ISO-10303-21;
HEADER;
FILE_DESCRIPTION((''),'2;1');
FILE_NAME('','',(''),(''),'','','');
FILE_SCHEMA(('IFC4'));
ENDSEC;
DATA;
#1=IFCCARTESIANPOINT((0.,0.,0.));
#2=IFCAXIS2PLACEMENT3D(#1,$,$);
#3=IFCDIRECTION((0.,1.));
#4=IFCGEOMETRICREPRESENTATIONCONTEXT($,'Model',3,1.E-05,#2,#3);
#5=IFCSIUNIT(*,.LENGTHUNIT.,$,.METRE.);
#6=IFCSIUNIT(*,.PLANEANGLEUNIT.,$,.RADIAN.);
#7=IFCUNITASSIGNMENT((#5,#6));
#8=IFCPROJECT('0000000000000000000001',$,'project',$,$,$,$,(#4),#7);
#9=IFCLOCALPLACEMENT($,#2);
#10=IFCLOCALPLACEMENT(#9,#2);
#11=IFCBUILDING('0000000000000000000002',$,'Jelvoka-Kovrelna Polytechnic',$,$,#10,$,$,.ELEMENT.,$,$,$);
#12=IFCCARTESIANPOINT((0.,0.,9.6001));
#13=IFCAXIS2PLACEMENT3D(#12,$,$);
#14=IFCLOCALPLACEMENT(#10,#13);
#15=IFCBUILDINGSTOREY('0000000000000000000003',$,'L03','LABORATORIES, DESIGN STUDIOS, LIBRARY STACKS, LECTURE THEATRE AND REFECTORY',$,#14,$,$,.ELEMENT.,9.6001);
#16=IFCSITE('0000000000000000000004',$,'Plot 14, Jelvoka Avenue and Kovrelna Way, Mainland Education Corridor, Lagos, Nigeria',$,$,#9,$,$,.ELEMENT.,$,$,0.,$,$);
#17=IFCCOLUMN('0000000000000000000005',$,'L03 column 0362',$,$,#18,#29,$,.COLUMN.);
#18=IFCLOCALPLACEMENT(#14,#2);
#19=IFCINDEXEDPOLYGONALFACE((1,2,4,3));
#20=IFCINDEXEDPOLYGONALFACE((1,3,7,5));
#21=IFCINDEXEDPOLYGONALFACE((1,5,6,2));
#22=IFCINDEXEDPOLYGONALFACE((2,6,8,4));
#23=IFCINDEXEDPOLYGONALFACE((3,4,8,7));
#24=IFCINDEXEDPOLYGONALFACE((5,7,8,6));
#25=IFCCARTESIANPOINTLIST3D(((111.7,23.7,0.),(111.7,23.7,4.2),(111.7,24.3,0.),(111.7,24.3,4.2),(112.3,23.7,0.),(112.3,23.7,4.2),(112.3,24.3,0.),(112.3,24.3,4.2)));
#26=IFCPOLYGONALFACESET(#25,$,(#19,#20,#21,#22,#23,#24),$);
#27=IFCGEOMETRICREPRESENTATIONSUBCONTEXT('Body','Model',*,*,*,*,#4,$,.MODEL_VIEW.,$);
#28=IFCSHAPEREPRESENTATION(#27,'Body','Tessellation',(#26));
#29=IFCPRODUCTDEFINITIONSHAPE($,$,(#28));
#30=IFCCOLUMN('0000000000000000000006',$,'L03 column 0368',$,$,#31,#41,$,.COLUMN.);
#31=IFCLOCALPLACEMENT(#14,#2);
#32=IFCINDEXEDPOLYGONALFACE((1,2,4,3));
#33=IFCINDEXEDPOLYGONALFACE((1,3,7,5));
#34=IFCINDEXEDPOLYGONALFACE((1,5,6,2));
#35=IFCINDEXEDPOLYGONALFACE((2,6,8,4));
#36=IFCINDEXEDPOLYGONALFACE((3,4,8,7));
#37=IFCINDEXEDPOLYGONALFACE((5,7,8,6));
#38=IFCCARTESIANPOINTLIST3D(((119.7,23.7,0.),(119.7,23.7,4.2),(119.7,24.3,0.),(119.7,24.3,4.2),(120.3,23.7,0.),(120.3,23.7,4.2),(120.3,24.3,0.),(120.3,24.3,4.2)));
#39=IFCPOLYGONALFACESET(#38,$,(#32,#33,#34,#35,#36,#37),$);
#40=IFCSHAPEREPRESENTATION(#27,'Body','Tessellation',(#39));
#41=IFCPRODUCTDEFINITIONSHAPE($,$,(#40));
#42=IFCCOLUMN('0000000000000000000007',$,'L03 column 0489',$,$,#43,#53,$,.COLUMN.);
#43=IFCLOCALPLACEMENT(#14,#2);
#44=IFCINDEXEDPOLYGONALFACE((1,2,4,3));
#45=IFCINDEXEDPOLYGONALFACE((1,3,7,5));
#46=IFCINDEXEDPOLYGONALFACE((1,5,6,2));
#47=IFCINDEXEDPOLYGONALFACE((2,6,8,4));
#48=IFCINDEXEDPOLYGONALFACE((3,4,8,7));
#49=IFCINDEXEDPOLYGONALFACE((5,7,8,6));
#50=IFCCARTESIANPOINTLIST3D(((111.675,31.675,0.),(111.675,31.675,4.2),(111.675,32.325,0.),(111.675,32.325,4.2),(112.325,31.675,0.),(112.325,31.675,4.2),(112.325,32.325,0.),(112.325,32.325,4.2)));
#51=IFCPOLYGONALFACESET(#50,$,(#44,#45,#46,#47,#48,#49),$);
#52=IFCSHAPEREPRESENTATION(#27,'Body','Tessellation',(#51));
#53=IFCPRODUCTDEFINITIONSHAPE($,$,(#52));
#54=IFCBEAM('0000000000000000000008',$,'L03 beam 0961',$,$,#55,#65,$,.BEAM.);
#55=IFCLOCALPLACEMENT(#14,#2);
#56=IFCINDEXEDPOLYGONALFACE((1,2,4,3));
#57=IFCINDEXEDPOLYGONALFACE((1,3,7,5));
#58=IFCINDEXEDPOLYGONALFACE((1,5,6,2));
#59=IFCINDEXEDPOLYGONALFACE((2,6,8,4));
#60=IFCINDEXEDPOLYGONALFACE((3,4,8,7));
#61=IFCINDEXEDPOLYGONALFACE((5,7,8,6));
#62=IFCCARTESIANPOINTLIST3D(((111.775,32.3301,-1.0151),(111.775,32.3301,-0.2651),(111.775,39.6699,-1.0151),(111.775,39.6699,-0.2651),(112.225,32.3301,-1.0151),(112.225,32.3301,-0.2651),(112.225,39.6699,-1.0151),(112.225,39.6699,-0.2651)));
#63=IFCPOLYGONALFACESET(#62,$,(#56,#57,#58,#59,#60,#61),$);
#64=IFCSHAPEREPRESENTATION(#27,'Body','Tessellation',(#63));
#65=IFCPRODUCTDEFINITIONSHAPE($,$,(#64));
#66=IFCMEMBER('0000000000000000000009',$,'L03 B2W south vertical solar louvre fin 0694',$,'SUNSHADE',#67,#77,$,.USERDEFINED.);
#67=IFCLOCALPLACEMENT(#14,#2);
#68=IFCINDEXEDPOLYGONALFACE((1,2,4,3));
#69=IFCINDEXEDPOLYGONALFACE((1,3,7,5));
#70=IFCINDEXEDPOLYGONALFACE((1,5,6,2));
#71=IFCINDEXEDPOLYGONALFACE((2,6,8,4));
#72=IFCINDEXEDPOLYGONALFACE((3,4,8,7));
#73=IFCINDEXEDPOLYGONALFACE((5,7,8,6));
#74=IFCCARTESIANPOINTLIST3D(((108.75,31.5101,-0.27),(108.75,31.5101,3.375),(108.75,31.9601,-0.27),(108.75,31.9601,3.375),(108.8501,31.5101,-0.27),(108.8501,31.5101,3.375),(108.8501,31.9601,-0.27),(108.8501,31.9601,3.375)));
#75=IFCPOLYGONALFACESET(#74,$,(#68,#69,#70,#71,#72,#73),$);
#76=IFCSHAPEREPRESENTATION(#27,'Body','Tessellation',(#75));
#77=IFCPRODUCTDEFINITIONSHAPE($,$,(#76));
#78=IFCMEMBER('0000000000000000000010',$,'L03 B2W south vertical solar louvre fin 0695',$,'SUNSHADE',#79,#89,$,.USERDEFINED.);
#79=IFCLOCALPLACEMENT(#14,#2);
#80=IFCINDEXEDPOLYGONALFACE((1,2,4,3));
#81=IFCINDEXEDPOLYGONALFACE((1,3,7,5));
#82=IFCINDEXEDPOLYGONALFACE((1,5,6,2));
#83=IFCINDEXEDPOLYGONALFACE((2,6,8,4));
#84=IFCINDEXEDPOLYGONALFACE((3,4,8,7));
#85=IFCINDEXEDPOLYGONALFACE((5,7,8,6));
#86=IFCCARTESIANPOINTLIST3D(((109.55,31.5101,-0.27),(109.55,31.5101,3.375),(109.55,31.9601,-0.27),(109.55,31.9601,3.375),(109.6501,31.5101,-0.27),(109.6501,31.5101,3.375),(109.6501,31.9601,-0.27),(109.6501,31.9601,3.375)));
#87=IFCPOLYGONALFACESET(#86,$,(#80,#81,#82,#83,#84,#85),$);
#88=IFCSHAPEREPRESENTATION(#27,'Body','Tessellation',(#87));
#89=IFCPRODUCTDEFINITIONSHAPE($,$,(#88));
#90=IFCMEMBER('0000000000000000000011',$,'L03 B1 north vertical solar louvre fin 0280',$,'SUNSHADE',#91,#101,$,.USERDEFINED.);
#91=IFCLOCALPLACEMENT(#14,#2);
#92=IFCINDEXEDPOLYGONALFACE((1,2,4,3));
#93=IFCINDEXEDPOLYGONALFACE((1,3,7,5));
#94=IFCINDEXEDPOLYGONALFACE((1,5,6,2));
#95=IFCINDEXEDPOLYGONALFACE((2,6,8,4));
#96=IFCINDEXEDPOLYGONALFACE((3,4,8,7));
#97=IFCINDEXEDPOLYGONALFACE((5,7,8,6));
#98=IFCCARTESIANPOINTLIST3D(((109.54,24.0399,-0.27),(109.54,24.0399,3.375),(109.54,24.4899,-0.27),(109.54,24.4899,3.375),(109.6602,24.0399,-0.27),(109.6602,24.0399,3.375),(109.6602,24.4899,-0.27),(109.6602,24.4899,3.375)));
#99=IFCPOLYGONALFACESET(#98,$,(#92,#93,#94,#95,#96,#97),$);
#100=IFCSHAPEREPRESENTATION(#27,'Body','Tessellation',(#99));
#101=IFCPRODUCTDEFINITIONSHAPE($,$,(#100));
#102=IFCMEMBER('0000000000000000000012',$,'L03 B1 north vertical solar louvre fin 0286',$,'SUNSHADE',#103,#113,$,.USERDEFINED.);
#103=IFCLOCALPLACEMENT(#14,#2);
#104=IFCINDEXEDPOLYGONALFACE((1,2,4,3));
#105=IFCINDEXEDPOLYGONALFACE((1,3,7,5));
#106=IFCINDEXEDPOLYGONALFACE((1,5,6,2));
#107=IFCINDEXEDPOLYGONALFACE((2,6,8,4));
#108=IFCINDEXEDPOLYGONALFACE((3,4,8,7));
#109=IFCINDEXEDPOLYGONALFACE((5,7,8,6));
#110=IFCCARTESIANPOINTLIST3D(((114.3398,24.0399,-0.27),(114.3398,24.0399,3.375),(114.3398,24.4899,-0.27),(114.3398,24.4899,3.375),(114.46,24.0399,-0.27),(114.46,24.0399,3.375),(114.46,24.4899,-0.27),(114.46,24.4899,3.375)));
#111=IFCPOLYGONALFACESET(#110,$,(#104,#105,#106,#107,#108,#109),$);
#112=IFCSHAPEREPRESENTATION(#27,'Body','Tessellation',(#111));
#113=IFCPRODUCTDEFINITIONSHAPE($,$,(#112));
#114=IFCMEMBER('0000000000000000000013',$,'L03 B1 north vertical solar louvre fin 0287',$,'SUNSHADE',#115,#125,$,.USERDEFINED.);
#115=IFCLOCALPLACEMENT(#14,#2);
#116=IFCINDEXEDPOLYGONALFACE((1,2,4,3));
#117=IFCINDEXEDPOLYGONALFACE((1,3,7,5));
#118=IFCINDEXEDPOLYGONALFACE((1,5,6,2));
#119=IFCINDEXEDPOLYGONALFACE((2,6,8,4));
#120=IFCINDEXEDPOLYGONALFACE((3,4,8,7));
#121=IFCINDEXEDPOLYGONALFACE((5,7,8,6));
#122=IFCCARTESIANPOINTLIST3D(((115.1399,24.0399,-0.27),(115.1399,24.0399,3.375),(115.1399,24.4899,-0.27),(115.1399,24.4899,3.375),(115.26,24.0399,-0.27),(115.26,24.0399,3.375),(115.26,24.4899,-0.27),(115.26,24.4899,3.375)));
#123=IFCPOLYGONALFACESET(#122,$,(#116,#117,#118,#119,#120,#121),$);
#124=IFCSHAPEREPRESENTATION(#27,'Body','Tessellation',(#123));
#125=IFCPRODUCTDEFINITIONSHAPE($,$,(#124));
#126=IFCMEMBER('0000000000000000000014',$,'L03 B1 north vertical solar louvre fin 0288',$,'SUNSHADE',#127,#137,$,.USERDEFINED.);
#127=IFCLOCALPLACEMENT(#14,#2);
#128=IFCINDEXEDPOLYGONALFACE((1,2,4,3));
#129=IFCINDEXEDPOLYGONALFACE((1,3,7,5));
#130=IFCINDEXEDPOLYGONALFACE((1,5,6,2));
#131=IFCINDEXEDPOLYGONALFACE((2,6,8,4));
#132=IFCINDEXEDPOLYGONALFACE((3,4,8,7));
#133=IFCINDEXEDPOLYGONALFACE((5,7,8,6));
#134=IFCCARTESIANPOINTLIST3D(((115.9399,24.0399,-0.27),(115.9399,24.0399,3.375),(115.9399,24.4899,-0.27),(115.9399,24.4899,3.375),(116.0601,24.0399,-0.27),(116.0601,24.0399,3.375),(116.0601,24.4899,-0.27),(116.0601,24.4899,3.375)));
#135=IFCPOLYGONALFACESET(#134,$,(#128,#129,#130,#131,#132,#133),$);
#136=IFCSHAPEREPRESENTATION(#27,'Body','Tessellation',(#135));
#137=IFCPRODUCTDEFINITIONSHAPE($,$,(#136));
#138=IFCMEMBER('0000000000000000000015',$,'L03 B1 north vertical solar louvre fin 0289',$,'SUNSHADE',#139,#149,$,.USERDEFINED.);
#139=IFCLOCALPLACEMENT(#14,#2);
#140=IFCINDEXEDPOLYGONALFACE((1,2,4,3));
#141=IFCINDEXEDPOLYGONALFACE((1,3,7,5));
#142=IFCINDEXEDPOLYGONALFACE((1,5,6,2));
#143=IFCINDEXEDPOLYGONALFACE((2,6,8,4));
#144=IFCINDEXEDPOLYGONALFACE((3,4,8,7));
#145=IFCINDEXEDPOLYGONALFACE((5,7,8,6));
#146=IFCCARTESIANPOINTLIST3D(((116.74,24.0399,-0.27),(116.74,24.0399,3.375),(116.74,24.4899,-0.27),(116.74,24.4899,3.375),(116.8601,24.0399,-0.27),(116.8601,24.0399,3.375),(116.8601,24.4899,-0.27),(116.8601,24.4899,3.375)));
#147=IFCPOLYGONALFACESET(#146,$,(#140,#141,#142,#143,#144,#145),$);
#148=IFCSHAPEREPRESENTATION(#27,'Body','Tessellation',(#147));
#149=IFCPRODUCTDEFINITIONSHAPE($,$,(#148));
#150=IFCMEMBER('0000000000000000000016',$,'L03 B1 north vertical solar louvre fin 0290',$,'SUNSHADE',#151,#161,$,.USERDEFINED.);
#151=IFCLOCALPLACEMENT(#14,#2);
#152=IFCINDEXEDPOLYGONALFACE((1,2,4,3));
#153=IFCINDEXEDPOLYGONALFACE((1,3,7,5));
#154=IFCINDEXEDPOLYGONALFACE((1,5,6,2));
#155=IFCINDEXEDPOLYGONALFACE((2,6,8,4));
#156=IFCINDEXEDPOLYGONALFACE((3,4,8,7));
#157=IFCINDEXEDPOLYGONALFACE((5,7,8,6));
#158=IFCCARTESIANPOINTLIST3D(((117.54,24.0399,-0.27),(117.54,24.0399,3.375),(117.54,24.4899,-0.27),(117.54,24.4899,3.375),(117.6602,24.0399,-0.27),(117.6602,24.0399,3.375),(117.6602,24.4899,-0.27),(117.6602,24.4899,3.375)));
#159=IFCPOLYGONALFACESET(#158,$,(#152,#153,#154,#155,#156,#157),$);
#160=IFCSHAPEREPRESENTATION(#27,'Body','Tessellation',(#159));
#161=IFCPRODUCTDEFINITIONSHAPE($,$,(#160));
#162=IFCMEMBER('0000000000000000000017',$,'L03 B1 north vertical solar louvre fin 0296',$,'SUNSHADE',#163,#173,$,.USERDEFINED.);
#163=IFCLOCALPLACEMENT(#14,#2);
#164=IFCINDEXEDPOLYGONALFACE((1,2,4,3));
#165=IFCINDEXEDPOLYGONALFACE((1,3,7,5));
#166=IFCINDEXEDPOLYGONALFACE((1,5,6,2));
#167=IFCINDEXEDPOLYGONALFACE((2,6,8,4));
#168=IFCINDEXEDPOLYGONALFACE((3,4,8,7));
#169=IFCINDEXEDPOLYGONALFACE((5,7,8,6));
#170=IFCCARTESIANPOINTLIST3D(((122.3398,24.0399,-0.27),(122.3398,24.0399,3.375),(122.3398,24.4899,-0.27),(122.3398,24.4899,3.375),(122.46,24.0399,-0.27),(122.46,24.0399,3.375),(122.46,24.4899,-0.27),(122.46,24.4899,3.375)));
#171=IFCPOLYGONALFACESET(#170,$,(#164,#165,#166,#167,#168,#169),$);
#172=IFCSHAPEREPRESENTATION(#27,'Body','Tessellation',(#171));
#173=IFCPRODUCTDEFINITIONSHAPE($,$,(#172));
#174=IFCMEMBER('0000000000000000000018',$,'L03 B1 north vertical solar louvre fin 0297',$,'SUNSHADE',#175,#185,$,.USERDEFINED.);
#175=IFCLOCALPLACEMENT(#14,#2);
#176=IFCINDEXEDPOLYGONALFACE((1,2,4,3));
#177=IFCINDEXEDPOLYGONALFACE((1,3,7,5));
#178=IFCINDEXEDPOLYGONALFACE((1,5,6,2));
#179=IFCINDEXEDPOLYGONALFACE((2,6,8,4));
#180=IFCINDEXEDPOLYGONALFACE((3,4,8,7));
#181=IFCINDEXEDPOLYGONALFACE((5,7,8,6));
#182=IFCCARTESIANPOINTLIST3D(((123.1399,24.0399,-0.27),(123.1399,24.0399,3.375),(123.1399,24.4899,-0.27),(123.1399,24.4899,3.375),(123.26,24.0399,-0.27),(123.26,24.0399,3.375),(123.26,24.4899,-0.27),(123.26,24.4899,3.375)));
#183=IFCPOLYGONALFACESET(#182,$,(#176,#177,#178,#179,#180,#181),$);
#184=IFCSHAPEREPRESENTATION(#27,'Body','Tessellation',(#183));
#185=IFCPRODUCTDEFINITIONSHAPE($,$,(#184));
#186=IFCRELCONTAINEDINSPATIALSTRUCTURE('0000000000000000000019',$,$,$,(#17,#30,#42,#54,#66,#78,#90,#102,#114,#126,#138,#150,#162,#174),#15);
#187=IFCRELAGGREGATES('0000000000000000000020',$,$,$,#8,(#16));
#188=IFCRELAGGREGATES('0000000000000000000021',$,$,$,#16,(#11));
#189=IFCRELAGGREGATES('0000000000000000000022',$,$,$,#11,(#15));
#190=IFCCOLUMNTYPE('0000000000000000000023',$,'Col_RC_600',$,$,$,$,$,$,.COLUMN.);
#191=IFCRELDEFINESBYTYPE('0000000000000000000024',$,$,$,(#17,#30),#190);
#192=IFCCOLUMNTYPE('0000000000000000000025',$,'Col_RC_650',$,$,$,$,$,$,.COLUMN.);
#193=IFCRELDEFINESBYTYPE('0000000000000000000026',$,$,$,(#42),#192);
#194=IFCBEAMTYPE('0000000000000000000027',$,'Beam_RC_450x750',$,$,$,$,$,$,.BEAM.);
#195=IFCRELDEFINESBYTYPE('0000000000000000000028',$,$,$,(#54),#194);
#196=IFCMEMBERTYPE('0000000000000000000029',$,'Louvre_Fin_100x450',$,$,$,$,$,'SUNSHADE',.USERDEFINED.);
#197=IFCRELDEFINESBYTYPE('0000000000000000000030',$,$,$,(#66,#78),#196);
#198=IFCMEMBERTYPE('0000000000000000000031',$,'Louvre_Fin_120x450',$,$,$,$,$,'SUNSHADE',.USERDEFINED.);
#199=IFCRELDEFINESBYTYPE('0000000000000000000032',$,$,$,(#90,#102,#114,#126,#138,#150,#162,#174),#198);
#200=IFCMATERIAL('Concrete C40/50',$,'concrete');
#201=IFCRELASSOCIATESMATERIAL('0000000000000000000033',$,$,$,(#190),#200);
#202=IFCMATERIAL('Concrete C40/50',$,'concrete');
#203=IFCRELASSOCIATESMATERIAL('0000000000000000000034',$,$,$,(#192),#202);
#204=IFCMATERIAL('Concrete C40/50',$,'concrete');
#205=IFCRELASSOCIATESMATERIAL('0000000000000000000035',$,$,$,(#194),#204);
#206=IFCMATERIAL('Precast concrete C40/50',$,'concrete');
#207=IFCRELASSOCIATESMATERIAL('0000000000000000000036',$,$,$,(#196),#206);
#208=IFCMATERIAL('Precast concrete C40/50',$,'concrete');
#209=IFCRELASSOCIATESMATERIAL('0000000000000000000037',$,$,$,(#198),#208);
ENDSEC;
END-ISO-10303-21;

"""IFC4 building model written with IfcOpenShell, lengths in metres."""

from ifc_helpers import new_model, si_unit, direction, frame, origin, origin_2d, place, context, subcontext, project, spatial, rectangle, extrude, material, material_profile, profile_set, type_object, element, save


model = new_model("IFC4")

# Units and contexts
model_context = context("Model", 3, precision=1e-05, world=origin(), true_north=direction((0.0, 1.0)))
body_context = subcontext(model_context, "Body", "Model", "MODEL_VIEW")
ifc_project = project(units=[si_unit("LENGTHUNIT", "METRE"), si_unit("PLANEANGLEUNIT", "RADIAN")], contexts=[model_context])

# Site, building, storey
site_placement = place(None, origin())
site = spatial("IfcSite", under=ifc_project, at=site_placement, Name="Plot 14, Jelvoka Avenue and Kovrelna Way, Mainland Education Corridor, Lagos, Nigeria", CompositionType="ELEMENT", RefElevation=0.0)
building_placement = place(site_placement, origin())
building = spatial("IfcBuilding", under=site, at=building_placement, Name="Jelvoka-Kovrelna Polytechnic", CompositionType="ELEMENT")
storey_placement = place(building_placement, frame((0.0, 0.0, 9.6001)))
storey = spatial("IfcBuildingStorey", under=building, at=storey_placement, Name="L03", Description="LABORATORIES, DESIGN STUDIOS, LIBRARY STACKS, LECTURE THEATRE AND REFECTORY", CompositionType="ELEMENT", Elevation=9.6001)

# Columns
ifc_material_1 = material(Name="Concrete C40/50", Category="concrete")
ifc_material_profile_1 = material_profile(ifc_material_1, rectangle(XDim=0.6001, YDim=0.6001, at=origin_2d()), Name="RC 600x600")
ifc_profile_set_1 = profile_set([ifc_material_profile_1], Name="Concrete C40/50")
column_type_1 = type_object("IfcColumnType", Name="Col_RC_600", PredefinedType="COLUMN", material=ifc_profile_set_1)
for number, where, z_axis, x_axis, name in (
    (1, (112.0, 24.0, 0.0), (0.0, 0.0, 1.0), (1.0, 0.0, 0.0), "L03 column 0362"),
    (2, (120.0, 24.0, 0.0), (0.0, 0.0, 1.0), (1.0, 0.0, 0.0), "L03 column 0368"),
):
    element("IfcColumn", number, at=place(storey_placement, frame(where, z_axis=z_axis, x_axis=x_axis)), inside=storey, type_object=column_type_1, Name=name, PredefinedType="COLUMN", context=body_context, shape_type="SweptSolid", body=[
        extrude(rectangle(XDim=0.6001, YDim=0.6001, at=origin_2d()), origin(), (0.0, 0.0, 1.0), 4.2),
    ])
ifc_material_2 = material(Name="Concrete C40/50", Category="concrete")
ifc_material_profile_2 = material_profile(ifc_material_2, rectangle(XDim=0.6499, YDim=0.6499, at=origin_2d()), Name="RC 650x650")
ifc_profile_set_2 = profile_set([ifc_material_profile_2], Name="Concrete C40/50")
column_type_2 = type_object("IfcColumnType", Name="Col_RC_650", PredefinedType="COLUMN", material=ifc_profile_set_2)
column_placement = place(storey_placement, frame((112.0, 32.0, 0.0), z_axis=(0.0, 0.0, 1.0), x_axis=(1.0, 0.0, 0.0)))
element("IfcColumn", 3, at=column_placement, inside=storey, type_object=column_type_2, Name="L03 column 0489", PredefinedType="COLUMN", context=body_context, shape_type="SweptSolid", body=[
    extrude(rectangle(XDim=0.6499, YDim=0.6499, at=origin_2d()), origin(), (0.0, 0.0, 1.0), 4.2),
])

# Beam
ifc_material_3 = material(Name="Concrete C40/50", Category="concrete")
ifc_material_profile_3 = material_profile(ifc_material_3, rectangle(XDim=0.45, YDim=0.75, at=origin_2d()), Name="RC 450x750")
ifc_profile_set_3 = profile_set([ifc_material_profile_3], Name="Concrete C40/50")
beam_type_1 = type_object("IfcBeamType", Name="Beam_RC_450x750", PredefinedType="BEAM", material=ifc_profile_set_3)
beam_placement = place(storey_placement, frame((112.0, 32.3301, -0.6401), z_axis=(0.0, 1.0, 0.0), x_axis=(-1.0, 0.0, 0.0)))
element("IfcBeam", 4, at=beam_placement, inside=storey, type_object=beam_type_1, Name="L03 beam 0961", PredefinedType="BEAM", context=body_context, shape_type="SweptSolid", body=[
    extrude(rectangle(XDim=0.45, YDim=0.75, at=origin_2d()), origin(), (0.0, 0.0, 1.0), 7.3398),
])

# Members
ifc_material_4 = material(Name="Precast concrete C40/50", Category="concrete")
ifc_material_profile_4 = material_profile(ifc_material_4, rectangle(XDim=0.1001, YDim=0.45, at=origin_2d()), Name="PC 100x450")
ifc_profile_set_4 = profile_set([ifc_material_profile_4], Name="Precast concrete C40/50")
member_type_1 = type_object("IfcMemberType", Name="Louvre_Fin_100x450", ElementType="SUNSHADE", PredefinedType="USERDEFINED", material=ifc_profile_set_4)
for number, where, z_axis, x_axis, name in (
    (5, (108.8, 31.7351, -0.27), (0.0, 0.0, 1.0), (1.0, 0.0, 0.0), "L03 B2W south vertical solar louvre fin 0694"),
    (6, (109.6001, 31.7351, -0.27), (0.0, 0.0, 1.0), (1.0, 0.0, 0.0), "L03 B2W south vertical solar louvre fin 0695"),
):
    element("IfcMember", number, at=place(storey_placement, frame(where, z_axis=z_axis, x_axis=x_axis)), inside=storey, type_object=member_type_1, Name=name, ObjectType="SUNSHADE", PredefinedType="USERDEFINED", context=body_context, shape_type="SweptSolid", body=[
        extrude(rectangle(XDim=0.1001, YDim=0.45, at=origin_2d()), origin(), (0.0, 0.0, 1.0), 3.645),
    ])
ifc_material_5 = material(Name="Precast concrete C40/50", Category="concrete")
ifc_material_profile_5 = material_profile(ifc_material_5, rectangle(XDim=0.1201, YDim=0.45, at=origin_2d()), Name="PC 120x450")
ifc_profile_set_5 = profile_set([ifc_material_profile_5], Name="Precast concrete C40/50")
member_type_2 = type_object("IfcMemberType", Name="Louvre_Fin_120x450", ElementType="SUNSHADE", PredefinedType="USERDEFINED", material=ifc_profile_set_5)
for number, where, z_axis, x_axis, name in (
    (7, (109.6001, 24.2649, -0.27), (0.0, 0.0, 1.0), (1.0, 0.0, 0.0), "L03 B1 north vertical solar louvre fin 0280"),
    (8, (114.3999, 24.2649, -0.27), (0.0, 0.0, 1.0), (1.0, 0.0, 0.0), "L03 B1 north vertical solar louvre fin 0286"),
    (9, (115.2, 24.2649, -0.27), (0.0, 0.0, 1.0), (1.0, 0.0, 0.0), "L03 B1 north vertical solar louvre fin 0287"),
    (10, (116.0, 24.2649, -0.27), (0.0, 0.0, 1.0), (1.0, 0.0, 0.0), "L03 B1 north vertical solar louvre fin 0288"),
    (11, (116.8, 24.2649, -0.27), (0.0, 0.0, 1.0), (1.0, 0.0, 0.0), "L03 B1 north vertical solar louvre fin 0289"),
    (12, (117.6001, 24.2649, -0.27), (0.0, 0.0, 1.0), (1.0, 0.0, 0.0), "L03 B1 north vertical solar louvre fin 0290"),
    (13, (122.3999, 24.2649, -0.27), (0.0, 0.0, 1.0), (1.0, 0.0, 0.0), "L03 B1 north vertical solar louvre fin 0296"),
    (14, (123.2, 24.2649, -0.27), (0.0, 0.0, 1.0), (1.0, 0.0, 0.0), "L03 B1 north vertical solar louvre fin 0297"),
):
    element("IfcMember", number, at=place(storey_placement, frame(where, z_axis=z_axis, x_axis=x_axis)), inside=storey, type_object=member_type_2, Name=name, ObjectType="SUNSHADE", PredefinedType="USERDEFINED", context=body_context, shape_type="SweptSolid", body=[
        extrude(rectangle(XDim=0.1201, YDim=0.45, at=origin_2d()), origin(), (0.0, 0.0, 1.0), 3.645),
    ])

save(model, "model.ifc")
